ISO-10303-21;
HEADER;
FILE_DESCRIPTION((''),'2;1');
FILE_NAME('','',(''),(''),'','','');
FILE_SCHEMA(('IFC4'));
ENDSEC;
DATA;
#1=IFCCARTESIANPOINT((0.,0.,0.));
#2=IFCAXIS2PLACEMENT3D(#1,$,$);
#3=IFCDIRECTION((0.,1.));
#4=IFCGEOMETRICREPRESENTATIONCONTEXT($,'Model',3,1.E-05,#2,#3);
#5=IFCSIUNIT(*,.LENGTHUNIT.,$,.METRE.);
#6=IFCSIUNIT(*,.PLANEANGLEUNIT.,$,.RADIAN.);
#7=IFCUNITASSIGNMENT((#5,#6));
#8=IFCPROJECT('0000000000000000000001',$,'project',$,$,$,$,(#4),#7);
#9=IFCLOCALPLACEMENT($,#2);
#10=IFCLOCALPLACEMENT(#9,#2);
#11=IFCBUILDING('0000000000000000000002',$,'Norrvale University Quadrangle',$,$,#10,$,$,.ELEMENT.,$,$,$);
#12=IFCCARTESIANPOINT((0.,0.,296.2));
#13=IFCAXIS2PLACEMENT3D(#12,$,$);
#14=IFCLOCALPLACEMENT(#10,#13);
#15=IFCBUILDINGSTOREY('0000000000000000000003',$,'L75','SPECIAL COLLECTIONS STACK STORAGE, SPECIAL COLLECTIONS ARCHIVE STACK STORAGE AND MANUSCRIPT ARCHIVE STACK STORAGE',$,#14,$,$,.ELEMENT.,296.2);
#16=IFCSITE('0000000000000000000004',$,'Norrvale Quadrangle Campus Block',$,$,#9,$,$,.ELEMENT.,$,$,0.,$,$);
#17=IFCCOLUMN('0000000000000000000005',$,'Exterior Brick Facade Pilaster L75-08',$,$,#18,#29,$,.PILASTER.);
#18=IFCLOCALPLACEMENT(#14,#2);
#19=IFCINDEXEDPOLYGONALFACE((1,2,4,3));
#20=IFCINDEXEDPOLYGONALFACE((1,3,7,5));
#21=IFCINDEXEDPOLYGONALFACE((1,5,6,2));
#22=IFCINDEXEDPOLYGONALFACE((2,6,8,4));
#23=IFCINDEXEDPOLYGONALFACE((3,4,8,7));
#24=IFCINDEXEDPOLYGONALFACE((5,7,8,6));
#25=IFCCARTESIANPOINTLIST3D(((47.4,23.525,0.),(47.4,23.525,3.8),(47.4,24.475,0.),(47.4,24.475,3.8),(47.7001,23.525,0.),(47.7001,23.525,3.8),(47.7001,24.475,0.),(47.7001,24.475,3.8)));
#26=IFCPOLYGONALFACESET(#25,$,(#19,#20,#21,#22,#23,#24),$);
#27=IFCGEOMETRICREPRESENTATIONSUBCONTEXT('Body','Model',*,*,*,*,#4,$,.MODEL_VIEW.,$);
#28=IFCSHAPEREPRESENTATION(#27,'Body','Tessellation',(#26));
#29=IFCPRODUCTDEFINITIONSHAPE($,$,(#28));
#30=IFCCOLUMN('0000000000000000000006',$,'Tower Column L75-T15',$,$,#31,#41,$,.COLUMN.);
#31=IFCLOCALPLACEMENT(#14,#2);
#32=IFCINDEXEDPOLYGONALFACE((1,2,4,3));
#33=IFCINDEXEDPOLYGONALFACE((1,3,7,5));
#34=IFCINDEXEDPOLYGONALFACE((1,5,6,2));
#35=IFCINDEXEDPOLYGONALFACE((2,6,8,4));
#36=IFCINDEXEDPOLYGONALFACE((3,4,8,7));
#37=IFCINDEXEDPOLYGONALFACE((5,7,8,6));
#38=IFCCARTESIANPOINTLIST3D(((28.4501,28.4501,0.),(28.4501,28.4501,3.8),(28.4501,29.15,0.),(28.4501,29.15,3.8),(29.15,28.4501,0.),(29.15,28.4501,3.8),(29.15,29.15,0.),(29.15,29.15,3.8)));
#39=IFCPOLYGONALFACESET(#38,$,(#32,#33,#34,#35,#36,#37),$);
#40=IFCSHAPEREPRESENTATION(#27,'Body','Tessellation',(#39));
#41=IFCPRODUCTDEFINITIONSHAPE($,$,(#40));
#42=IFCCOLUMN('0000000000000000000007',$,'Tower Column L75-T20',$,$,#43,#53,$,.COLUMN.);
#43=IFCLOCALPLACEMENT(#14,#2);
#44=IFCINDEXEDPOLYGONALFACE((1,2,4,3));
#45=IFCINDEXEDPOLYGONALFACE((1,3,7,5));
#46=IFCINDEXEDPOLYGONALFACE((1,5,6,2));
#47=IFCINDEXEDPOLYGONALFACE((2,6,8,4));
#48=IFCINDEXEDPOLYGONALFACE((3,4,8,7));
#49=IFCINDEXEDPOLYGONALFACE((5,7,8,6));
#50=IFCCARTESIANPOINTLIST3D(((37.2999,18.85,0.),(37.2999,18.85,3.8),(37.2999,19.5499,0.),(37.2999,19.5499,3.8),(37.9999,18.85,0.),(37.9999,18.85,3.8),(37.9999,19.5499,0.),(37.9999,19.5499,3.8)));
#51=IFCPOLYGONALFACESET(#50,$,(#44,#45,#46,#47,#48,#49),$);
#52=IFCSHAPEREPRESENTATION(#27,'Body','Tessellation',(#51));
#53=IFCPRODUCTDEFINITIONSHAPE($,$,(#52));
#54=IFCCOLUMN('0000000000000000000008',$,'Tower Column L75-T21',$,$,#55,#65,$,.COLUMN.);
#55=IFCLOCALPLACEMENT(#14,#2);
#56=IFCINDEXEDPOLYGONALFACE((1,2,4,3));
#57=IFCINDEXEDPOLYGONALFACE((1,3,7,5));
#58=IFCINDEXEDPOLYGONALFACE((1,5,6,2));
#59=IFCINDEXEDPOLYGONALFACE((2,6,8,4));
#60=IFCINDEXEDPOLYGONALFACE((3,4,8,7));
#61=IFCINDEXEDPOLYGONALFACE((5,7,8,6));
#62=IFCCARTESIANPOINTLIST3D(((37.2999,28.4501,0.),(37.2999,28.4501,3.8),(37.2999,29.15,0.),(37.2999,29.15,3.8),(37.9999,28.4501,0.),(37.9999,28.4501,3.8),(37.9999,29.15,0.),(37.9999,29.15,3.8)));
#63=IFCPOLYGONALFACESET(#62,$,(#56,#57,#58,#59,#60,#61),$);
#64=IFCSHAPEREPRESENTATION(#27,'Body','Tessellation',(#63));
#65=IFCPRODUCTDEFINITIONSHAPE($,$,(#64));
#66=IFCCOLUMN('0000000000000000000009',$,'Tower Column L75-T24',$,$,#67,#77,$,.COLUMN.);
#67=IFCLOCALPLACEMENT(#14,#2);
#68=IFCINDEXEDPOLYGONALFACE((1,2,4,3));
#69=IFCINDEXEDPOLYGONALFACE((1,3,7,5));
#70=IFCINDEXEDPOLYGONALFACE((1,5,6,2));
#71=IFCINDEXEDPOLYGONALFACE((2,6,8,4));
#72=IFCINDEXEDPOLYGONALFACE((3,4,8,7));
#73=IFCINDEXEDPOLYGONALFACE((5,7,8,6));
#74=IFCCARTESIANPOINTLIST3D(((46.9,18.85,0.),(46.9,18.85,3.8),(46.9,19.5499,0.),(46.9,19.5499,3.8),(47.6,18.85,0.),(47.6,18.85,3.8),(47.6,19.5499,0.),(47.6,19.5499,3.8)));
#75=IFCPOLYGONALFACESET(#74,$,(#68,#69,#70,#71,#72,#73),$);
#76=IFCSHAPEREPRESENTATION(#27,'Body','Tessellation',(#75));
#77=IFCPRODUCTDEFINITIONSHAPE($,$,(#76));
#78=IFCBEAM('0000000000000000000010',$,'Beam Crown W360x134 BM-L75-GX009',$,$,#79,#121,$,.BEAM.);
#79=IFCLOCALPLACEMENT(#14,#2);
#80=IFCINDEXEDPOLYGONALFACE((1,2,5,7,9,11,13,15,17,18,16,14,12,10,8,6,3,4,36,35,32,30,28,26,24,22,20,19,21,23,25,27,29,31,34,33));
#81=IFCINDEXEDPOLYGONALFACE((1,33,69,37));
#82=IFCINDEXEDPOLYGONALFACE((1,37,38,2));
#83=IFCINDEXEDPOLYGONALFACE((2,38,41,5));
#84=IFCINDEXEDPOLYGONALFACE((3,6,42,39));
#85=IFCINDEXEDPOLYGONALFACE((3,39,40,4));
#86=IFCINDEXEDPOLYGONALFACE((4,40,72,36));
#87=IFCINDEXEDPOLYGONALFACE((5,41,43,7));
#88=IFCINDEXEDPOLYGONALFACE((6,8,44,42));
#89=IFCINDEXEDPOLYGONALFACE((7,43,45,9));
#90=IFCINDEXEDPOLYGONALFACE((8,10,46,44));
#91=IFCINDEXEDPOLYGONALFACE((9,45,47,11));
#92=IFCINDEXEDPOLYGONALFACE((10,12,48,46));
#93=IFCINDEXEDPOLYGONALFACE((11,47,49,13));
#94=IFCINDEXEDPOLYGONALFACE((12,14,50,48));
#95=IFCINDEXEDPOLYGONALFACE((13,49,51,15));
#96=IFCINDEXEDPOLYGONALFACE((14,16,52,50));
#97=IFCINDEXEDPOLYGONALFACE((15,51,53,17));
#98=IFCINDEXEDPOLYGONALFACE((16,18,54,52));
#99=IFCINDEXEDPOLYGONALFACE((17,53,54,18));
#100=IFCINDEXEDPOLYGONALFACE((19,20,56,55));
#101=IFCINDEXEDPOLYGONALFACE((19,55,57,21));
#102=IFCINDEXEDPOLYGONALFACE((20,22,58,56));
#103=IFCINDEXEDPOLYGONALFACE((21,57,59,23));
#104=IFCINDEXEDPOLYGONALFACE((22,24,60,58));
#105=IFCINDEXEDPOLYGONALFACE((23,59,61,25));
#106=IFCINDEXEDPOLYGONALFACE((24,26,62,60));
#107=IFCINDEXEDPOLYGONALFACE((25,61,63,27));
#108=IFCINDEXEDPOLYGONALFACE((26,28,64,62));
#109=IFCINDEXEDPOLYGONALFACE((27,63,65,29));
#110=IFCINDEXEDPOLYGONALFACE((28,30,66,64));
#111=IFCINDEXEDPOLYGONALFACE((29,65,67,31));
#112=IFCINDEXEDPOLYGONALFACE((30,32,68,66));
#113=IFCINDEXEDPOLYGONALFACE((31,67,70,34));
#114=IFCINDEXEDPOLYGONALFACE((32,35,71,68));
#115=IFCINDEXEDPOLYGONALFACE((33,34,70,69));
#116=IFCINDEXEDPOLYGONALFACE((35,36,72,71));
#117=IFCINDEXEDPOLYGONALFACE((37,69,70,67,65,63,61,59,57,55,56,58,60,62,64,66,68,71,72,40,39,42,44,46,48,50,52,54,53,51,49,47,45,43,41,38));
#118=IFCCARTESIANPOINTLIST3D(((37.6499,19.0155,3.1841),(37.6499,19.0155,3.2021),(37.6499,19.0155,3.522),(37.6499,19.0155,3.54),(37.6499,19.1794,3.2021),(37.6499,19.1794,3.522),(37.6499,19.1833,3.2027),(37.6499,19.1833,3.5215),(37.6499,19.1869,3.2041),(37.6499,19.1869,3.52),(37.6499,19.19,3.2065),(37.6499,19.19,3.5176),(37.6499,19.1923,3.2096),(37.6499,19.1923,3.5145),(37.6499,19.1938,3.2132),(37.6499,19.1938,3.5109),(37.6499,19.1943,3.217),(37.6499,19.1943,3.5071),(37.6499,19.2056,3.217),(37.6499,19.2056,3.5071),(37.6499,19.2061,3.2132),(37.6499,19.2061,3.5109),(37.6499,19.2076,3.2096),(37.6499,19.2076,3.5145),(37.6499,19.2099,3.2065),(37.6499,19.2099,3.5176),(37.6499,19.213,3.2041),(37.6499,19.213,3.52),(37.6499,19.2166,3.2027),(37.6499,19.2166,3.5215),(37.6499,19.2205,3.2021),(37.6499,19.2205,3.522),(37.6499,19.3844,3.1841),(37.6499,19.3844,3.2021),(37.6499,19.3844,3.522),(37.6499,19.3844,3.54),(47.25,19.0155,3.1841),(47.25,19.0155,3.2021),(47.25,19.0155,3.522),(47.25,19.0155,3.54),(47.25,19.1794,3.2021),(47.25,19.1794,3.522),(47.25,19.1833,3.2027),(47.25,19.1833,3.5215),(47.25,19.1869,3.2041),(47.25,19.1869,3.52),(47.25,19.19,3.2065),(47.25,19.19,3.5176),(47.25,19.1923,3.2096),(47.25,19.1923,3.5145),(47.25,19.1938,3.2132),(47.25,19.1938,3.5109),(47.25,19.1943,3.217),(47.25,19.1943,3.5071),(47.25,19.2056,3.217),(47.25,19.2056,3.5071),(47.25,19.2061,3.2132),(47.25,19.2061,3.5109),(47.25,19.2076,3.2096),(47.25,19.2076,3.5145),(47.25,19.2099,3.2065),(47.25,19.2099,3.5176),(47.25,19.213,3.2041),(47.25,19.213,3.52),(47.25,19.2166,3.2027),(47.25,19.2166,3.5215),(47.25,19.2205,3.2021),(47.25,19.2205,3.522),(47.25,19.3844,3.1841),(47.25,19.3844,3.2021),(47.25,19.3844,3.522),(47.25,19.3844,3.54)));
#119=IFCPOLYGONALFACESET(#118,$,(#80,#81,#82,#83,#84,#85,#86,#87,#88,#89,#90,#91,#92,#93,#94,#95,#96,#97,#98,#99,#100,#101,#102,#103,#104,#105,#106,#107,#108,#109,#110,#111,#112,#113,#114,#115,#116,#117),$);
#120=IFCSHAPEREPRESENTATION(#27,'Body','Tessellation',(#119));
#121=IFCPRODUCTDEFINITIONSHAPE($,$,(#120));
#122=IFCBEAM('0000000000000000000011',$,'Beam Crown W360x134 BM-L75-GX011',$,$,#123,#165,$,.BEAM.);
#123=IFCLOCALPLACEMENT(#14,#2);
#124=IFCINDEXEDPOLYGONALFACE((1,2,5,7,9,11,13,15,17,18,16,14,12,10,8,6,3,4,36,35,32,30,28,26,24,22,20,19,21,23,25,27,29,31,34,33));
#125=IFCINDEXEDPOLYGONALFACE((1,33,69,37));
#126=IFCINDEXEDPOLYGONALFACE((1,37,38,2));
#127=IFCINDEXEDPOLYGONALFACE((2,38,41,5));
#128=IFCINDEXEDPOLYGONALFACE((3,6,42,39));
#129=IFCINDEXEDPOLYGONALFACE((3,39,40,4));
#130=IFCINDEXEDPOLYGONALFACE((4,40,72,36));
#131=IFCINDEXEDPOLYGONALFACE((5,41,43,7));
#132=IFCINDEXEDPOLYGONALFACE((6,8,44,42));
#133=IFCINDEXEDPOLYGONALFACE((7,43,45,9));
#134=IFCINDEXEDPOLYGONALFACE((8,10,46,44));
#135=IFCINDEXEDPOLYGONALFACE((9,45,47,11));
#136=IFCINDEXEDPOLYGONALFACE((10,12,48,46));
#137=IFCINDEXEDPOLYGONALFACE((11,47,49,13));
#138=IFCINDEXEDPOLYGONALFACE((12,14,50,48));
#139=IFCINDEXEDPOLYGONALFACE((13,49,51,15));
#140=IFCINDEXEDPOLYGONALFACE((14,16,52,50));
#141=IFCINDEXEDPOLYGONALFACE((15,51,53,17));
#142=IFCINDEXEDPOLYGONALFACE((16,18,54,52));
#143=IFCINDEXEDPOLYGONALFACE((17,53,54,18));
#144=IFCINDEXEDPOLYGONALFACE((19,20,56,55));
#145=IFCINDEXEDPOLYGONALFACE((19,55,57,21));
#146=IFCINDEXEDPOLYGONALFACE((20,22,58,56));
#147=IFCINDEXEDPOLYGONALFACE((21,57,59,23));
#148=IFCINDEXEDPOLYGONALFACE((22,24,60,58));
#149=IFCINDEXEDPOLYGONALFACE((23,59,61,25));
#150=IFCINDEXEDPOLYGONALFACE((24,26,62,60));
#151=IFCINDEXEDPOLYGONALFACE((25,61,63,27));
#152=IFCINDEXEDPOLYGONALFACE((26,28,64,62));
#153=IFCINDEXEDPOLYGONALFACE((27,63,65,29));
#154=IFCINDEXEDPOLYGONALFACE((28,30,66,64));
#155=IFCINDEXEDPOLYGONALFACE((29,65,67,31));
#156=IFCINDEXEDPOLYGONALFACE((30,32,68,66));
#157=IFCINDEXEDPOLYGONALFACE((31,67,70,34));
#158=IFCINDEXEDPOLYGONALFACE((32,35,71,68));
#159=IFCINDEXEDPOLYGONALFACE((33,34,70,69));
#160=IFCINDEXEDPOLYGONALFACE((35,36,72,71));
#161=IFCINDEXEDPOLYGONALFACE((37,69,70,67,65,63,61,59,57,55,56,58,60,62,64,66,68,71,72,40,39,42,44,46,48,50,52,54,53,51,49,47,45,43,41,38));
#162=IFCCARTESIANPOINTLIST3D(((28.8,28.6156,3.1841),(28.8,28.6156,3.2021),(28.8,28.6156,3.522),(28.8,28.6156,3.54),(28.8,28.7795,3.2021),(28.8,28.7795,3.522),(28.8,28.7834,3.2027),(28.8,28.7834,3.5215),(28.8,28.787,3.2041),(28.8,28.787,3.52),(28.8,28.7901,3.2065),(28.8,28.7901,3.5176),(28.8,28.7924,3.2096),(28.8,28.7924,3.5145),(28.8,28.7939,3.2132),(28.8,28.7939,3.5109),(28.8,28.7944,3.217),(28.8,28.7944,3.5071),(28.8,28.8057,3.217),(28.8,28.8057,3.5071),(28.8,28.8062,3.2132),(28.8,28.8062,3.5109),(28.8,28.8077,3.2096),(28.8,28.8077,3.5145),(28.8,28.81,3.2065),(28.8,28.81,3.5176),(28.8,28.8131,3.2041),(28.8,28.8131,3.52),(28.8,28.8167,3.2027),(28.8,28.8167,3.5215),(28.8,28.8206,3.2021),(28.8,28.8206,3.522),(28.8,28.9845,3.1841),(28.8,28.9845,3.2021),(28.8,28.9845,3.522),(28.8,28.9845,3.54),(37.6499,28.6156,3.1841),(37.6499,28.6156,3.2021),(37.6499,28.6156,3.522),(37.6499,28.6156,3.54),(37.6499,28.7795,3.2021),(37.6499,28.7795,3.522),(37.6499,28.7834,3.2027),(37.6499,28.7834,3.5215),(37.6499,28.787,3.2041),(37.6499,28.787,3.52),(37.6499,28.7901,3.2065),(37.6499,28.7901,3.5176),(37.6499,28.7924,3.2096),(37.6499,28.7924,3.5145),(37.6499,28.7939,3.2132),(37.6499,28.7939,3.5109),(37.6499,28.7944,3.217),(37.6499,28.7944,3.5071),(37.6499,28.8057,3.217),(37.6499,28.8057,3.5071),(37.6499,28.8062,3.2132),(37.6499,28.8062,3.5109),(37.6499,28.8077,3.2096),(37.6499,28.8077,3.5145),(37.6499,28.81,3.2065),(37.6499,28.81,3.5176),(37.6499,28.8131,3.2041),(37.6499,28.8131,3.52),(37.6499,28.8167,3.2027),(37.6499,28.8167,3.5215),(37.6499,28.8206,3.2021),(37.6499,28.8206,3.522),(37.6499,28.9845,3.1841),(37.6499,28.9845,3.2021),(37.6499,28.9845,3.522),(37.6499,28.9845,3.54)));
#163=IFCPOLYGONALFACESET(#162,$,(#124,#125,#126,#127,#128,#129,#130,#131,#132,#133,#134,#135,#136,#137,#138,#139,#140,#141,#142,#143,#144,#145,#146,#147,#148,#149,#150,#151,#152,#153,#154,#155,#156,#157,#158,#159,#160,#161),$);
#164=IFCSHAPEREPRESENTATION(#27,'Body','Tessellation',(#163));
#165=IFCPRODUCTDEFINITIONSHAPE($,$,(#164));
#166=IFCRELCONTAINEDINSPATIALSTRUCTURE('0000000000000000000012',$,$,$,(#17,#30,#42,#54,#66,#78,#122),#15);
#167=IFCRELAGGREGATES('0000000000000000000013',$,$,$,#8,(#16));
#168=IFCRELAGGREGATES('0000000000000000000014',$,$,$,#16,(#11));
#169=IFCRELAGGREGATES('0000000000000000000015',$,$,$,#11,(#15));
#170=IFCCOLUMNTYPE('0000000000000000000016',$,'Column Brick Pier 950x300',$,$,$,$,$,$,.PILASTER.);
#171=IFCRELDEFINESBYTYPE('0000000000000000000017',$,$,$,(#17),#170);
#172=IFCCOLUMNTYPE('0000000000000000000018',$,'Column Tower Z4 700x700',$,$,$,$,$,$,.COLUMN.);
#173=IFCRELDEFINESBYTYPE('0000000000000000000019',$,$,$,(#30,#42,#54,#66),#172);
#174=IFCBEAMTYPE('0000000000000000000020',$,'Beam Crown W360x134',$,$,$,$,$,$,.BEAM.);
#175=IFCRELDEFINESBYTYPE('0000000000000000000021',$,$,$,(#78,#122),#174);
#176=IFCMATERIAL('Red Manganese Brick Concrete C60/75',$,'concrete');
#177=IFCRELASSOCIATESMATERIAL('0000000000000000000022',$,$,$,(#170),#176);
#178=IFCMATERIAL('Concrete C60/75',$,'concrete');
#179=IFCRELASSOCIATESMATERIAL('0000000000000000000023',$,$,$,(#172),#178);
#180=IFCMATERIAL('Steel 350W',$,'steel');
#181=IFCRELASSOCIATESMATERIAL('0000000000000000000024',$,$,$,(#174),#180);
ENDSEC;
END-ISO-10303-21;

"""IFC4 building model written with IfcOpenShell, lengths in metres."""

from ifc_helpers import new_model, si_unit, direction, frame, origin, origin_2d, place, context, subcontext, project, spatial, rectangle, i_section, extrude, material, material_profile, profile_set, type_object, element, save


model = new_model("IFC4")

# Units and contexts
model_context = context("Model", 3, precision=1e-05, world=origin(), true_north=direction((0.0, 1.0)))
body_context = subcontext(model_context, "Body", "Model", "MODEL_VIEW")
ifc_project = project(units=[si_unit("LENGTHUNIT", "METRE"), si_unit("PLANEANGLEUNIT", "RADIAN")], contexts=[model_context])

# Site, building, storey
site_placement = place(None, origin())
site = spatial("IfcSite", under=ifc_project, at=site_placement, Name="Norrvale Quadrangle Campus Block", CompositionType="ELEMENT", RefElevation=0.0)
building_placement = place(site_placement, origin())
building = spatial("IfcBuilding", under=site, at=building_placement, Name="Norrvale University Quadrangle", CompositionType="ELEMENT")
storey_placement = place(building_placement, frame((0.0, 0.0, 296.2)))
storey = spatial("IfcBuildingStorey", under=building, at=storey_placement, Name="L75", Description="SPECIAL COLLECTIONS STACK STORAGE, SPECIAL COLLECTIONS ARCHIVE STACK STORAGE AND MANUSCRIPT ARCHIVE STACK STORAGE", CompositionType="ELEMENT", Elevation=296.2)

# Columns
ifc_material_1 = material(Name="Red Manganese Brick Concrete C60/75", Category="concrete")
ifc_material_profile_1 = material_profile(ifc_material_1, rectangle(XDim=0.95, YDim=0.3, at=origin_2d()), Name="Red Manganese Brick Concrete C60/75")
ifc_profile_set_1 = profile_set([ifc_material_profile_1], Name="Red Manganese Brick Concrete C60/75")
column_type_1 = type_object("IfcColumnType", Name="Column Brick Pier 950x300", PredefinedType="PILASTER", material=ifc_profile_set_1)
column_placement = place(storey_placement, frame((47.55, 24.0, 0.0), z_axis=(0.0, 0.0, 1.0), x_axis=(0.0, 1.0, 0.0)))
element("IfcColumn", 1, at=column_placement, inside=storey, type_object=column_type_1, Name="Exterior Brick Facade Pilaster L75-08", PredefinedType="PILASTER", context=body_context, shape_type="SweptSolid", body=[
    extrude(rectangle(XDim=0.95, YDim=0.3, at=origin_2d()), origin(), (0.0, 0.0, 1.0), 3.8),
])
ifc_material_2 = material(Name="Concrete C60/75", Category="concrete")
ifc_material_profile_2 = material_profile(ifc_material_2, rectangle(XDim=0.7, YDim=0.7, at=origin_2d()), Name="Concrete C60/75")
ifc_profile_set_2 = profile_set([ifc_material_profile_2], Name="Concrete C60/75")
column_type_2 = type_object("IfcColumnType", Name="Column Tower Z4 700x700", PredefinedType="COLUMN", material=ifc_profile_set_2)
for number, where, z_axis, x_axis, name in (
    (2, (28.8, 28.8, 0.0), (0.0, 0.0, 1.0), (1.0, 0.0, 0.0), "Tower Column L75-T15"),
    (3, (37.6499, 19.2, 0.0), (0.0, 0.0, 1.0), (1.0, 0.0, 0.0), "Tower Column L75-T20"),
    (4, (37.6499, 28.8, 0.0), (0.0, 0.0, 1.0), (1.0, 0.0, 0.0), "Tower Column L75-T21"),
    (5, (47.25, 19.2, 0.0), (0.0, 0.0, 1.0), (1.0, 0.0, 0.0), "Tower Column L75-T24"),
):
    element("IfcColumn", number, at=place(storey_placement, frame(where, z_axis=z_axis, x_axis=x_axis)), inside=storey, type_object=column_type_2, Name=name, PredefinedType="COLUMN", context=body_context, shape_type="SweptSolid", body=[
        extrude(rectangle(XDim=0.7, YDim=0.7, at=origin_2d()), origin(), (0.0, 0.0, 1.0), 3.8),
    ])

# Beams
ifc_material_3 = material(Name="Steel 350W", Category="steel")
ifc_material_profile_3 = material_profile(ifc_material_3, i_section(OverallWidth=0.3689, OverallDepth=0.356, WebThickness=0.0112, FlangeThickness=0.0181, FilletRadius=0.0149, at=origin_2d()), Name="Steel 350W")
ifc_profile_set_3 = profile_set([ifc_material_profile_3], Name="Steel 350W")
beam_type_1 = type_object("IfcBeamType", Name="Beam Crown W360x134", PredefinedType="BEAM", material=ifc_profile_set_3)
beam_1_placement = place(storey_placement, frame((37.6499, 19.2, 3.3621), z_axis=(1.0, 0.0, 0.0), x_axis=(0.0, 1.0, 0.0)))
element("IfcBeam", 6, at=beam_1_placement, inside=storey, type_object=beam_type_1, Name="Beam Crown W360x134 BM-L75-GX009", PredefinedType="BEAM", context=body_context, shape_type="SweptSolid", body=[
    extrude(i_section(OverallWidth=0.3689, OverallDepth=0.356, WebThickness=0.0112, FlangeThickness=0.0181, FilletRadius=0.0149, at=origin_2d()), origin(), (0.0, 0.0, 1.0), 9.6001),
])
beam_2_placement = place(storey_placement, frame((28.8, 28.8, 3.3621), z_axis=(1.0, 0.0, 0.0), x_axis=(0.0, 1.0, 0.0)))
element("IfcBeam", 7, at=beam_2_placement, inside=storey, type_object=beam_type_1, Name="Beam Crown W360x134 BM-L75-GX011", PredefinedType="BEAM", context=body_context, shape_type="SweptSolid", body=[
    extrude(i_section(OverallWidth=0.3689, OverallDepth=0.356, WebThickness=0.0112, FlangeThickness=0.0181, FilletRadius=0.0149, at=origin_2d()), origin(), (0.0, 0.0, 1.0), 8.8499),
])

save(model, "model.ifc")
